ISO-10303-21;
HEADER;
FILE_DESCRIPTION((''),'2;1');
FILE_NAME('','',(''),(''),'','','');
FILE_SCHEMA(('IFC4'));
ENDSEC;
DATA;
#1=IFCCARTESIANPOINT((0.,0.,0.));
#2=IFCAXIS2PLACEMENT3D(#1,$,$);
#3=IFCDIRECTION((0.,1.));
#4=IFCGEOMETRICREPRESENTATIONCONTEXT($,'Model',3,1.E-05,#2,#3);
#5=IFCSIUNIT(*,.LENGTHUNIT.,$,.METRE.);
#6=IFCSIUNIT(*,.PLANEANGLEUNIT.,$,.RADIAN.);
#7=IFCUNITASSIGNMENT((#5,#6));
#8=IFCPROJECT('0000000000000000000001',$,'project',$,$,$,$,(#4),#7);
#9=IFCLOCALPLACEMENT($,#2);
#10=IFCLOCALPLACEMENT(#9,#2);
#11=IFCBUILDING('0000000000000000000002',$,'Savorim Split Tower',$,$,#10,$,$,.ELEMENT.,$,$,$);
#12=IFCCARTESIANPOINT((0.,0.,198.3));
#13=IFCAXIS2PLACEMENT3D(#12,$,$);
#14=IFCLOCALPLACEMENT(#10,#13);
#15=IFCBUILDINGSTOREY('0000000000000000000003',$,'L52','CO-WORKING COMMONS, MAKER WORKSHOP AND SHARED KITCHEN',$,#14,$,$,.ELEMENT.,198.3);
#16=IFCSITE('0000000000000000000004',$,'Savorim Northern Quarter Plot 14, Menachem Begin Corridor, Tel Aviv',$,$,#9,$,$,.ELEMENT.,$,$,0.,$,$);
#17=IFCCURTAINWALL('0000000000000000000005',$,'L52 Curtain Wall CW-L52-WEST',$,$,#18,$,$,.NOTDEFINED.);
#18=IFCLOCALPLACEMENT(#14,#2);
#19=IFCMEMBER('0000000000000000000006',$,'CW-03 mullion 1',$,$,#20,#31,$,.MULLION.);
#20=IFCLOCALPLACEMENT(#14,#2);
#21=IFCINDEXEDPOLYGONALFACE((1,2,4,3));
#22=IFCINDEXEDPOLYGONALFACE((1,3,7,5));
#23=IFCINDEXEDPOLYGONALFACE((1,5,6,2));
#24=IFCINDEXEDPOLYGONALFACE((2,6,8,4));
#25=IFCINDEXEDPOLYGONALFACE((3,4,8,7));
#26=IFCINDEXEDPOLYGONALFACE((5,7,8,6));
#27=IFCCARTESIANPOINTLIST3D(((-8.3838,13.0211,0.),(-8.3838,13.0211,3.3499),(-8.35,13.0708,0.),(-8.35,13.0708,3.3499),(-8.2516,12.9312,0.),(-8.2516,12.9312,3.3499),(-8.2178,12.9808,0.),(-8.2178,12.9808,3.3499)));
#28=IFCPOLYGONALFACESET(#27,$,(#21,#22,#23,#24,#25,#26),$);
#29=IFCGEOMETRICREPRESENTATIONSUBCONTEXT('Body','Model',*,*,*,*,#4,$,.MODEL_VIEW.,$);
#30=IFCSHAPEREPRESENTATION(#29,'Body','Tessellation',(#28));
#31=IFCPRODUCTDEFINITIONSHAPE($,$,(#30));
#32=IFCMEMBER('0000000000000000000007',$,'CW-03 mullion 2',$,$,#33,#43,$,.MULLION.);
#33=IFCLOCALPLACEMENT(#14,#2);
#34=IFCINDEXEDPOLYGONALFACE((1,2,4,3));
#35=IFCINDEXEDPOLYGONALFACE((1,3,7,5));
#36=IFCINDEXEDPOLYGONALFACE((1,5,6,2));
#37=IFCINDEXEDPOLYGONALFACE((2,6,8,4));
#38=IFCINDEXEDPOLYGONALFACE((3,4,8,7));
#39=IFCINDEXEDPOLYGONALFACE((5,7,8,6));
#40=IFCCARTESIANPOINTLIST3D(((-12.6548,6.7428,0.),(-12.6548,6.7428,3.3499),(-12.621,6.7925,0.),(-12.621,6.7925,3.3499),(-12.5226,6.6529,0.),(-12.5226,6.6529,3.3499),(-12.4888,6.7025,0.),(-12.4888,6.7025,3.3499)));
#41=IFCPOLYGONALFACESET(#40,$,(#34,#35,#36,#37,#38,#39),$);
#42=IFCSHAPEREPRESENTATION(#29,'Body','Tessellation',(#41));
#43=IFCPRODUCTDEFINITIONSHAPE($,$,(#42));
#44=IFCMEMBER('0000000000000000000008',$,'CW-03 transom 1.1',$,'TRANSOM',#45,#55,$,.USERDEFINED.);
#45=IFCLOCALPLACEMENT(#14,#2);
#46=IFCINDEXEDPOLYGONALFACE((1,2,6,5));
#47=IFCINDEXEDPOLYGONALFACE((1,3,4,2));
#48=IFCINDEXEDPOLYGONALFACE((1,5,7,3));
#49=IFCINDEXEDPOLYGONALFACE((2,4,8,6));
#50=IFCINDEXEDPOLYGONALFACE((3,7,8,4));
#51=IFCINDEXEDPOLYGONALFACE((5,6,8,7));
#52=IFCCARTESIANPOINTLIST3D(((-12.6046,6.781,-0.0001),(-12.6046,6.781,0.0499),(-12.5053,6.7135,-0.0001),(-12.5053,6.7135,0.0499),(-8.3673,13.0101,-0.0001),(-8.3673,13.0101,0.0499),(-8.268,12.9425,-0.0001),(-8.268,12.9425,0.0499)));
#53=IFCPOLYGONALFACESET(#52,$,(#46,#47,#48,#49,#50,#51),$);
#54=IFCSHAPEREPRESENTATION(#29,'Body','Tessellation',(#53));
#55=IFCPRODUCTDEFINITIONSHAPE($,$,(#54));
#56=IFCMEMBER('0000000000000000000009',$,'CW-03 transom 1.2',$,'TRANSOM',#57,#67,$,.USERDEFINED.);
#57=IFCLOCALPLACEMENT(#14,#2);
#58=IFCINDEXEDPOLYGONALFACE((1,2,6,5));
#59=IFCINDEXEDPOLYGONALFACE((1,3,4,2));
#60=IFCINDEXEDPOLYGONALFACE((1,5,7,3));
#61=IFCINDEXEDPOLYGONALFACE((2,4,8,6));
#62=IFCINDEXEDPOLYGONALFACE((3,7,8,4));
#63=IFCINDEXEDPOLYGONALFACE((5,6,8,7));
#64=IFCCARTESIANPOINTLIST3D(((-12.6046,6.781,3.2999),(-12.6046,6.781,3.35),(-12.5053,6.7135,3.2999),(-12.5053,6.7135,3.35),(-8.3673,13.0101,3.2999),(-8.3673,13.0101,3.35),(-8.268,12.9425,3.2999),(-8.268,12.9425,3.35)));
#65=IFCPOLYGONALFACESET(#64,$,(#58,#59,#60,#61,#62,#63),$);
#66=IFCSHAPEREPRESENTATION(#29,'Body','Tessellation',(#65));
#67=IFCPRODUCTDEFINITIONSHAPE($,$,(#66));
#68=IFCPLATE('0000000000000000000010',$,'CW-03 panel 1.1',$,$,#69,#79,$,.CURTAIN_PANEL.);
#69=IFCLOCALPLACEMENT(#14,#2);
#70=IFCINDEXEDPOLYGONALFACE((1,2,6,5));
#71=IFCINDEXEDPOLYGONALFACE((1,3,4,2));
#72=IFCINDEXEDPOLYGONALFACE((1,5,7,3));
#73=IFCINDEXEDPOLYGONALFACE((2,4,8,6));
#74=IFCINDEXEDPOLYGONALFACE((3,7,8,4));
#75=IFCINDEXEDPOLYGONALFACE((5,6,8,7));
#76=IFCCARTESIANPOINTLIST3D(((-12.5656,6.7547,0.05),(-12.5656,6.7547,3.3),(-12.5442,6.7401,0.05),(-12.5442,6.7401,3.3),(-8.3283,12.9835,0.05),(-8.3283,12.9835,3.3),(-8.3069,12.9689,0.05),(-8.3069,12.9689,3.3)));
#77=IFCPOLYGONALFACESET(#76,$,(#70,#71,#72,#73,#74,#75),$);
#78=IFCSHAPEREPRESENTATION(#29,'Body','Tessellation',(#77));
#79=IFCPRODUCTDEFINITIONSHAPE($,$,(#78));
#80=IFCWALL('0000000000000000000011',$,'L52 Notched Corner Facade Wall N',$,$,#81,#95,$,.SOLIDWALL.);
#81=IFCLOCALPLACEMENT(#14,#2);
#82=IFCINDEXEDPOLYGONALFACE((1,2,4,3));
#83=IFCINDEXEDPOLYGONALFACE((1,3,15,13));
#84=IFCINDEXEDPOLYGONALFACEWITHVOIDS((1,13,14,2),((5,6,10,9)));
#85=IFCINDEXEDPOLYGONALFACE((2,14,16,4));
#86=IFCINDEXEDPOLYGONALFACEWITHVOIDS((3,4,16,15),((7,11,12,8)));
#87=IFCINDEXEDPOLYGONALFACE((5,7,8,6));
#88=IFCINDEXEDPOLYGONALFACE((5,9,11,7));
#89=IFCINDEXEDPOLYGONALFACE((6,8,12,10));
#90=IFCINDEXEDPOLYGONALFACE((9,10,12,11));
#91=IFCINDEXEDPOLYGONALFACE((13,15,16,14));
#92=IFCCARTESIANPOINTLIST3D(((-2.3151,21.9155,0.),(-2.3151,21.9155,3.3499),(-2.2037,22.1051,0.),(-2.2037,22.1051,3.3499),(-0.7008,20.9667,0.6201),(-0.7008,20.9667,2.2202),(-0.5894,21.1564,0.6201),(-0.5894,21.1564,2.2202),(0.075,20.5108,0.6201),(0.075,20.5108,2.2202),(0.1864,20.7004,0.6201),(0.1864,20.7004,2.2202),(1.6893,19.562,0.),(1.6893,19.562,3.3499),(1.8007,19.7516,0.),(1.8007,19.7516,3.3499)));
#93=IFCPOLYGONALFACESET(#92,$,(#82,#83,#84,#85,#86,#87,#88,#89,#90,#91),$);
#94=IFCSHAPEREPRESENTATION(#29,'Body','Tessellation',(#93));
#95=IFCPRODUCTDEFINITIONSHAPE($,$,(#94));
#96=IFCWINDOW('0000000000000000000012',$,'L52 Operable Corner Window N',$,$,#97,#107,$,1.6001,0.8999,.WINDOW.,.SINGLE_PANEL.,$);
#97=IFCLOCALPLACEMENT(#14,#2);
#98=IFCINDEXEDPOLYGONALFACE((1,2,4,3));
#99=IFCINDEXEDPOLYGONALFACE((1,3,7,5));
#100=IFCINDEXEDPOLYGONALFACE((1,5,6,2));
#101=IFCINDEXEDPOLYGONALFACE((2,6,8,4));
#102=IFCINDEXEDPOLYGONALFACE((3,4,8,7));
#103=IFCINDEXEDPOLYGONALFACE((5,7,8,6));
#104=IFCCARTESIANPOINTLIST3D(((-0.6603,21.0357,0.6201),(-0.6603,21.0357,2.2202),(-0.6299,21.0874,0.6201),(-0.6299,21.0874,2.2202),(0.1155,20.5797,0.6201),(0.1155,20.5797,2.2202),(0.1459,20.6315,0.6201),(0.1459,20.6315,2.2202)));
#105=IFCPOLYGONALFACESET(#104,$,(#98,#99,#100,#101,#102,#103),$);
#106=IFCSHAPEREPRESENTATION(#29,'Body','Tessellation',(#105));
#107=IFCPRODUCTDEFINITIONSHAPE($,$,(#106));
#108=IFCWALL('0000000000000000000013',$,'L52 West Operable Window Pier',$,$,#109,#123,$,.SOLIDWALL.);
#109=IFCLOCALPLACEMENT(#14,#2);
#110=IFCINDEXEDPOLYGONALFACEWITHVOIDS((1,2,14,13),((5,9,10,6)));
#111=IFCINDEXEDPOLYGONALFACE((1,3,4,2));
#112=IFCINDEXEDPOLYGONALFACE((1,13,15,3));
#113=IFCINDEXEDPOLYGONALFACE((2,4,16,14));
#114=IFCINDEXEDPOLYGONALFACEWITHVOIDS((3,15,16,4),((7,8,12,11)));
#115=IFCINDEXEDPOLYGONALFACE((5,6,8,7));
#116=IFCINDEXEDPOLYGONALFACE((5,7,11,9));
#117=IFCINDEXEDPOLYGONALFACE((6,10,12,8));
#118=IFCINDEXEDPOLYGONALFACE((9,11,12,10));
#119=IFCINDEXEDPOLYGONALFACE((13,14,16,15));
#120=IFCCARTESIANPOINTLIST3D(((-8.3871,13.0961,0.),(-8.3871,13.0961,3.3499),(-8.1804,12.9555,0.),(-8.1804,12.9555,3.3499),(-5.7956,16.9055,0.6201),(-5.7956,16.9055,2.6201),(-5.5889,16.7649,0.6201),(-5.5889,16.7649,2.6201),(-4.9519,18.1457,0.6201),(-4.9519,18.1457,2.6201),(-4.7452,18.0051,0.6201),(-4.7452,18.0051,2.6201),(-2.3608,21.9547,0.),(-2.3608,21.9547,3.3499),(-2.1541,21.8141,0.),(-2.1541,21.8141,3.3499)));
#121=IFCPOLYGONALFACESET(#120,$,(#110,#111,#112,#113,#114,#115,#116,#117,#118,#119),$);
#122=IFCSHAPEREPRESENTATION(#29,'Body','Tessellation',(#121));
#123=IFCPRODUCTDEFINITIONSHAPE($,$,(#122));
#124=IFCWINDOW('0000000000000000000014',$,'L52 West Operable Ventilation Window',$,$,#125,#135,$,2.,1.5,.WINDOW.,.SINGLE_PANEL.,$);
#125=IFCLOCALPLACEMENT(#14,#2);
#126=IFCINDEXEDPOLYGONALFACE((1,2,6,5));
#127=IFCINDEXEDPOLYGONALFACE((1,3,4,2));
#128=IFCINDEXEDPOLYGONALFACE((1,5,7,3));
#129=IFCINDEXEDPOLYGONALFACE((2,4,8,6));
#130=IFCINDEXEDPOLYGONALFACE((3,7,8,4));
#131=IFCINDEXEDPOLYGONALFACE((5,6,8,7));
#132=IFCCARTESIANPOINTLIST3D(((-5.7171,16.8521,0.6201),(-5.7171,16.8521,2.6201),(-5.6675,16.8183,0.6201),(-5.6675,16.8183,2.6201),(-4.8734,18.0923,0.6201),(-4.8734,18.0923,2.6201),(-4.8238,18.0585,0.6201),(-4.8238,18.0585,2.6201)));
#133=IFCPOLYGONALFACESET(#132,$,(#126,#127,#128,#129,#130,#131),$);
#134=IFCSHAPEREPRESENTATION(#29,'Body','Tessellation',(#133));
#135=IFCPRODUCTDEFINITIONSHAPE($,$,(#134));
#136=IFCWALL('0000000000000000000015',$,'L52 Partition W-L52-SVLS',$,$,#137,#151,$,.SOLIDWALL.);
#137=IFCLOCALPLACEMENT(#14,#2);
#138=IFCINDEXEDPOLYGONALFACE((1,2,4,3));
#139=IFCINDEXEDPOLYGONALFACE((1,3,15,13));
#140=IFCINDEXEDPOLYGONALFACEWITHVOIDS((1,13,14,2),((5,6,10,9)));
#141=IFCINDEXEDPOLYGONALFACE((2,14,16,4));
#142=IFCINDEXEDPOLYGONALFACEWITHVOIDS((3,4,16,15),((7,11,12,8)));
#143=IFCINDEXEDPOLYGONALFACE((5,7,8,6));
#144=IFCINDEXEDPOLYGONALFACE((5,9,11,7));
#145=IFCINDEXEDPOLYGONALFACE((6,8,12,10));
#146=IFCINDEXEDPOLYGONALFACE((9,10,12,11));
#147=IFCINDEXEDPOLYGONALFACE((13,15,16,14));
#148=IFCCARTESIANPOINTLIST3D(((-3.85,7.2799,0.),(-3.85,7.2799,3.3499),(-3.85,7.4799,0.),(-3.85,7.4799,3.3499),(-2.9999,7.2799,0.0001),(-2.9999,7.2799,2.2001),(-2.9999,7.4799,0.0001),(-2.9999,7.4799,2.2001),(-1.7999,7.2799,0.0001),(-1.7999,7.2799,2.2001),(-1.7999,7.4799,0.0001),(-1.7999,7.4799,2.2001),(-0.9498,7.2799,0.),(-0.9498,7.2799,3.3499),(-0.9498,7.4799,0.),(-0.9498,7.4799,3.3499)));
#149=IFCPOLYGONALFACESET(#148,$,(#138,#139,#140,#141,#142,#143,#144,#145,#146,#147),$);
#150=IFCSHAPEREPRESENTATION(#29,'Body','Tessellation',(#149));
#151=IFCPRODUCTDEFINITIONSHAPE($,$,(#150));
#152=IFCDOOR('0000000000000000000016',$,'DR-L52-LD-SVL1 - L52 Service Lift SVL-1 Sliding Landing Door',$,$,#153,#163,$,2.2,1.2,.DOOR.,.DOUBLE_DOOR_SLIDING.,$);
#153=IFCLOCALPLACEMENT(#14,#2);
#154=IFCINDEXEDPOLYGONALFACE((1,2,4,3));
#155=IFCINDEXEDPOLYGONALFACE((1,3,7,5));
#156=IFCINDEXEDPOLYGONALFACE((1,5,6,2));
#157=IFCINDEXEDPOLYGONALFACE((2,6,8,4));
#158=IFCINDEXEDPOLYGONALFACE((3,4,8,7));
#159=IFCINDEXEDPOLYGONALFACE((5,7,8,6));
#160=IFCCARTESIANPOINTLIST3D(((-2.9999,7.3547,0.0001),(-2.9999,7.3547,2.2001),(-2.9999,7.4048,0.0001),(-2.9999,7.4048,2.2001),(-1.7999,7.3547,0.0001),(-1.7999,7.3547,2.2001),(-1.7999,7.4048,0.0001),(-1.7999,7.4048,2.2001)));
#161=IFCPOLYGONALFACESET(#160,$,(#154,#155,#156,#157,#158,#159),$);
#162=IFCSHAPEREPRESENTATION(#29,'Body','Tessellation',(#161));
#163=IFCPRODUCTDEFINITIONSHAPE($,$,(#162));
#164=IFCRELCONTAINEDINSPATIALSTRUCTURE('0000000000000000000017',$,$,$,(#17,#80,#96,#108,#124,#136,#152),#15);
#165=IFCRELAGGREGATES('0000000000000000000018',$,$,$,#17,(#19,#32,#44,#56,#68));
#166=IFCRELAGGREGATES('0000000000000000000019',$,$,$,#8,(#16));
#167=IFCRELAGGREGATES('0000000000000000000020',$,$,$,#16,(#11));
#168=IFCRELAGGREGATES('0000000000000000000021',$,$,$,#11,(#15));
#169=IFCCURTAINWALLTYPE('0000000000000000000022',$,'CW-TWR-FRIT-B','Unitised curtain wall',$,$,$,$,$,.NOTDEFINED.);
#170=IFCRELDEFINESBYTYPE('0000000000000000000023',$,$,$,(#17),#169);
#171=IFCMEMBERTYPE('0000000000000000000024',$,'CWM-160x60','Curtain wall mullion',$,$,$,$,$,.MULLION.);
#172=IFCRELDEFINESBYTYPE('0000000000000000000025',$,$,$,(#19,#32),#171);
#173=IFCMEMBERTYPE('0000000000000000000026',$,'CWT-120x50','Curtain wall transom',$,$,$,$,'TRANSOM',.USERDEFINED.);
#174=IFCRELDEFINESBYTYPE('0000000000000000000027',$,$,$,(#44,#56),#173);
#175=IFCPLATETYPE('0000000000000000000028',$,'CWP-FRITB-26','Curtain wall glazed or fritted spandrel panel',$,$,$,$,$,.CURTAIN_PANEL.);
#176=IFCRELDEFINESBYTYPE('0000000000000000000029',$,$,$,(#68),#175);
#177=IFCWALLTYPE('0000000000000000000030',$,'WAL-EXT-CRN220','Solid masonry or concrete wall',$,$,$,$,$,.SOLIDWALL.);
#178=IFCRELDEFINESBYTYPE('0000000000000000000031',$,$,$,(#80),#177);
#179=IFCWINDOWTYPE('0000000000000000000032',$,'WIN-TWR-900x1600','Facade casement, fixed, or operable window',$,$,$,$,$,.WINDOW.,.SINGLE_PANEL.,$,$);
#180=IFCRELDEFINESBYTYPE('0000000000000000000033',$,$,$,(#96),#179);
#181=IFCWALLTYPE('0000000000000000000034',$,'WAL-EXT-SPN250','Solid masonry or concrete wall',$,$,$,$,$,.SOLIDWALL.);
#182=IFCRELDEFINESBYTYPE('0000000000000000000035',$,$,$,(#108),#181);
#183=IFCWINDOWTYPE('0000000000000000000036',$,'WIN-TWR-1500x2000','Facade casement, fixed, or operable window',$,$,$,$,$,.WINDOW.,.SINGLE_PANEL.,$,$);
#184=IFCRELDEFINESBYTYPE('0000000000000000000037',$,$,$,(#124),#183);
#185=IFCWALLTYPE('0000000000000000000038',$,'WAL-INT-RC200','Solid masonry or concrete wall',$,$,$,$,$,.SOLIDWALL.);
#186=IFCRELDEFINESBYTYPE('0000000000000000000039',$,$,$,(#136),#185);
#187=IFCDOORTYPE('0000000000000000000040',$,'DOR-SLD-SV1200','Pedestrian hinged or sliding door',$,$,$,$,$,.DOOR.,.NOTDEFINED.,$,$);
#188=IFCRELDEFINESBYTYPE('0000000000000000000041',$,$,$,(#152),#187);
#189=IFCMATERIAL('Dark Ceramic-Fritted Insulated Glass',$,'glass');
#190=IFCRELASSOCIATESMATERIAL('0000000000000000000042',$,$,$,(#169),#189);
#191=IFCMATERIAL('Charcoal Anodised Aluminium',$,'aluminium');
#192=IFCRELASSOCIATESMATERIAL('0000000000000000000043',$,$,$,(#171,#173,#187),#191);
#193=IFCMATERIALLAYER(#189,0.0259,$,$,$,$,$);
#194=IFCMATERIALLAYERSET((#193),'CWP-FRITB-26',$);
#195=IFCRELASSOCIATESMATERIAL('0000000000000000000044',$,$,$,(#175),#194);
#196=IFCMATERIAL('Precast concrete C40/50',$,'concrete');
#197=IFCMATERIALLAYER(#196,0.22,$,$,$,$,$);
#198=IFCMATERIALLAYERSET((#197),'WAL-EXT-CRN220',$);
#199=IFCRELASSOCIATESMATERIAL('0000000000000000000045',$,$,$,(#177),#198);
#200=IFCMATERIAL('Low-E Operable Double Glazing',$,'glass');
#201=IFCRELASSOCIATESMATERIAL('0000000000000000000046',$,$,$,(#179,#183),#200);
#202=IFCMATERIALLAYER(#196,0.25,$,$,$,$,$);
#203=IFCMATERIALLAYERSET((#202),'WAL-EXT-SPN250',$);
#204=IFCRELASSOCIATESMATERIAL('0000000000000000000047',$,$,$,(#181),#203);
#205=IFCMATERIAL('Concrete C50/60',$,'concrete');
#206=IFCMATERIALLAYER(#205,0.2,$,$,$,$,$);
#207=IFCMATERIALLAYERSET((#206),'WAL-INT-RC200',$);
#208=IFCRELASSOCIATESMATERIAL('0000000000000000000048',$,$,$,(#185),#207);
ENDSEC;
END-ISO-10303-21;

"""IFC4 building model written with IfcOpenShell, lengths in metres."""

from ifc_helpers import new_model, si_unit, direction, frame, frame_2d, origin, origin_2d, place, context, subcontext, project, spatial, rectangle, extrude, material, layer, layer_set, material_profile, profile_set, type_object, element, fill, aggregate, save


model = new_model("IFC4")

# Units and contexts
model_context = context("Model", 3, precision=1e-05, world=origin(), true_north=direction((0.0, 1.0)))
body_context = subcontext(model_context, "Body", "Model", "MODEL_VIEW")
ifc_project = project(units=[si_unit("LENGTHUNIT", "METRE"), si_unit("PLANEANGLEUNIT", "RADIAN")], contexts=[model_context])

# Site, building, storey
site_placement = place(None, origin())
site = spatial("IfcSite", under=ifc_project, at=site_placement, Name="Savorim Northern Quarter Plot 14, Menachem Begin Corridor, Tel Aviv", CompositionType="ELEMENT", RefElevation=0.0)
building_placement = place(site_placement, origin())
building = spatial("IfcBuilding", under=site, at=building_placement, Name="Savorim Split Tower", CompositionType="ELEMENT")
storey_placement = place(building_placement, frame((0.0, 0.0, 198.3)))
storey = spatial("IfcBuildingStorey", under=building, at=storey_placement, Name="L52", Description="CO-WORKING COMMONS, MAKER WORKSHOP AND SHARED KITCHEN", CompositionType="ELEMENT", Elevation=198.3)

# Curtain wall, members, plate
ifc_material_1 = material(Name="Dark Ceramic-Fritted Insulated Glass", Category="glass")
curtain_wall_type = type_object("IfcCurtainWallType", Name="CW-TWR-FRIT-B", Description="Unitised curtain wall", PredefinedType="NOTDEFINED", material=ifc_material_1)
curtain_wall_placement = place(storey_placement, origin())
curtain_wall = element("IfcCurtainWall", 1, at=curtain_wall_placement, inside=storey, type_object=curtain_wall_type, Name="L52 Curtain Wall CW-L52-WEST", PredefinedType="NOTDEFINED")
ifc_material_2 = material(Name="Charcoal Anodised Aluminium", Category="aluminium")
ifc_material_profile_1 = material_profile(ifc_material_2, rectangle(XDim=0.1599, YDim=0.0601, at=origin_2d()), Name="ALU-M 160x60")
ifc_profile_set_1 = profile_set([ifc_material_profile_1], Name="Charcoal Anodised Aluminium")
member_type_1 = type_object("IfcMemberType", Name="CWM-160x60", Description="Curtain wall mullion", PredefinedType="MULLION", material=ifc_profile_set_1)
member_1_placement = place(storey_placement, frame((-8.3008, 13.001, 0.0), z_axis=(0.0, 0.0, 1.0), x_axis=(0.826821, -0.562465, 0.0)))
member_1 = element("IfcMember", 2, at=member_1_placement, type_object=member_type_1, Name="CW-03 mullion 1", PredefinedType="MULLION", context=body_context, shape_type="SweptSolid", body=[
    extrude(rectangle(XDim=0.1599, YDim=0.0601, at=origin_2d()), origin(), (0.0, 0.0, 1.0), 3.3499),
])
member_2_placement = place(storey_placement, frame((-12.5718, 6.7227, 0.0), z_axis=(0.0, 0.0, 1.0), x_axis=(0.826821, -0.562465, 0.0)))
member_2 = element("IfcMember", 3, at=member_2_placement, type_object=member_type_1, Name="CW-03 mullion 2", PredefinedType="MULLION", context=body_context, shape_type="SweptSolid", body=[
    extrude(rectangle(XDim=0.1599, YDim=0.0601, at=origin_2d()), origin(), (0.0, 0.0, 1.0), 3.3499),
])
ifc_material_profile_2 = material_profile(ifc_material_2, rectangle(XDim=0.1201, YDim=0.05, at=origin_2d()), Name="ALU-T 120x50")
ifc_profile_set_2 = profile_set([ifc_material_profile_2], Name="Charcoal Anodised Aluminium")
member_type_2 = type_object("IfcMemberType", Name="CWT-120x50", Description="Curtain wall transom", ElementType="TRANSOM", PredefinedType="USERDEFINED", material=ifc_profile_set_2)
member_3_placement = place(storey_placement, frame((-8.3176, 12.9763, 0.0249), z_axis=(-0.562454, -0.826829, 0.0), x_axis=(0.826829, -0.562454, 0.0)))
member_3 = element("IfcMember", 4, at=member_3_placement, type_object=member_type_2, Name="CW-03 transom 1.1", ObjectType="TRANSOM", PredefinedType="USERDEFINED", context=body_context, shape_type="SweptSolid", body=[
    extrude(rectangle(XDim=0.1201, YDim=0.05, at=origin_2d()), origin(), (0.0, 0.0, 1.0), 7.5337),
])
member_4_placement = place(storey_placement, frame((-8.3176, 12.9763, 3.325), z_axis=(-0.562454, -0.826829, 0.0), x_axis=(0.826829, -0.562454, 0.0)))
member_4 = element("IfcMember", 5, at=member_4_placement, type_object=member_type_2, Name="CW-03 transom 1.2", ObjectType="TRANSOM", PredefinedType="USERDEFINED", context=body_context, shape_type="SweptSolid", body=[
    extrude(rectangle(XDim=0.1201, YDim=0.05, at=origin_2d()), origin(), (0.0, 0.0, 1.0), 7.5337),
])
ifc_layer_1 = layer(ifc_material_1, 0.0259)
ifc_layer_set_1 = layer_set([ifc_layer_1], Name="CWP-FRITB-26")
plate_type = type_object("IfcPlateType", Name="CWP-FRITB-26", Description="Curtain wall glazed or fritted spandrel panel", PredefinedType="CURTAIN_PANEL", material=ifc_layer_set_1)
plate_placement = place(storey_placement, frame((-10.4363, 9.8618, 0.05), z_axis=(0.0, 0.0, 1.0), x_axis=(-0.562465, -0.826821, 0.0)))
plate = element("IfcPlate", 6, at=plate_placement, type_object=plate_type, Name="CW-03 panel 1.1", PredefinedType="CURTAIN_PANEL", context=body_context, shape_type="SweptSolid", body=[
    extrude(rectangle(XDim=7.5334, YDim=0.0259, at=origin_2d()), origin(), (0.0, 0.0, 1.0), 3.25),
])
aggregate(curtain_wall, [member_1, member_2, member_3, member_4, plate])

# Walls, openings, windows
ifc_material_3 = material(Name="Precast concrete C40/50", Category="concrete")
ifc_layer_2 = layer(ifc_material_3, 0.22)
ifc_layer_set_2 = layer_set([ifc_layer_2], Name="WAL-EXT-CRN220")
wall_type_1 = type_object("IfcWallType", Name="WAL-EXT-CRN220", Description="Solid masonry or concrete wall", PredefinedType="SOLIDWALL", material=ifc_layer_set_2)
wall_1_placement = place(storey_placement, frame((-2.2593, 22.0103, 0.0), z_axis=(0.0, 0.0, 1.0), x_axis=(0.862123, -0.506699, 0.0)))
wall_1 = element("IfcWall", 7, at=wall_1_placement, inside=storey, type_object=wall_type_1, Name="L52 Notched Corner Facade Wall N", PredefinedType="SOLIDWALL", context=body_context, shape_type="SweptSolid", body=[
    extrude(rectangle(XDim=4.6448, YDim=0.22, at=frame_2d((2.3223, 0.0))), origin(), (0.0, 0.0, 1.0), 3.3499),
])
opening_1_placement = place(wall_1_placement, frame((1.8723, 0.0, 0.6201)))
opening_1 = element("IfcOpeningElement", 8, at=opening_1_placement, cuts=wall_1, PredefinedType="OPENING", context=body_context, shape_type="SweptSolid", body=[
    extrude(rectangle(XDim=0.8999, YDim=1.6001, at=frame_2d((0.45, 0.8))), frame((0.0, 0.1199, 0.0), z_axis=(0.0, -1.0, 0.0), x_axis=(1.0, 0.0, 0.0)), (0.0, 0.0, 1.0), 0.24),
])
ifc_material_4 = material(Name="Low-E Operable Double Glazing", Category="glass")
window_type_1 = type_object("IfcWindowType", Name="WIN-TWR-900x1600", Description="Facade casement, fixed, or operable window", PartitioningType="SINGLE_PANEL", PredefinedType="WINDOW", material=ifc_material_4)
window_1_placement = place(opening_1_placement, origin())
window_1 = element("IfcWindow", 9, at=window_1_placement, inside=storey, type_object=window_type_1, Name="L52 Operable Corner Window N", OverallHeight=1.6001, OverallWidth=0.8999, PartitioningType="SINGLE_PANEL", PredefinedType="WINDOW", context=body_context, shape_type="SweptSolid", body=[
    extrude(rectangle(XDim=0.8999, YDim=1.6001, at=frame_2d((0.45, 0.8))), frame((0.0, 0.03, 0.0), z_axis=(0.0, -1.0, 0.0), x_axis=(1.0, 0.0, 0.0)), (0.0, 0.0, 1.0), 0.0601),
])
fill(opening_1, window_1)
ifc_layer_3 = layer(ifc_material_3, 0.25)
ifc_layer_set_3 = layer_set([ifc_layer_3], Name="WAL-EXT-SPN250")
wall_type_2 = type_object("IfcWallType", Name="WAL-EXT-SPN250", Description="Solid masonry or concrete wall", PredefinedType="SOLIDWALL", material=ifc_layer_set_3)
wall_2_placement = place(storey_placement, frame((-8.2837, 13.0259, 0.0), z_axis=(0.0, 0.0, 1.0), x_axis=(0.562469, 0.826818, 0.0)))
wall_2 = element("IfcWall", 10, at=wall_2_placement, inside=storey, type_object=wall_type_2, Name="L52 West Operable Window Pier", PredefinedType="SOLIDWALL", context=body_context, shape_type="SweptSolid", body=[
    extrude(rectangle(XDim=10.7141, YDim=0.25, at=frame_2d((5.3569, 0.0))), origin(), (0.0, 0.0, 1.0), 3.3499),
])
opening_2_placement = place(wall_2_placement, frame((4.6072, 0.0, 0.6201)))
opening_2 = element("IfcOpeningElement", 11, at=opening_2_placement, cuts=wall_2, PredefinedType="OPENING", context=body_context, shape_type="SweptSolid", body=[
    extrude(rectangle(XDim=1.5, YDim=2.0, at=frame_2d((0.75, 1.0))), frame((0.0, 0.135, 0.0), z_axis=(0.0, -1.0, 0.0), x_axis=(1.0, 0.0, 0.0)), (0.0, 0.0, 1.0), 0.27),
])
window_type_2 = type_object("IfcWindowType", Name="WIN-TWR-1500x2000", Description="Facade casement, fixed, or operable window", PartitioningType="SINGLE_PANEL", PredefinedType="WINDOW", material=ifc_material_4)
window_2_placement = place(opening_2_placement, origin())
window_2 = element("IfcWindow", 12, at=window_2_placement, inside=storey, type_object=window_type_2, Name="L52 West Operable Ventilation Window", OverallHeight=2.0, OverallWidth=1.5, PartitioningType="SINGLE_PANEL", PredefinedType="WINDOW", context=body_context, shape_type="SweptSolid", body=[
    extrude(rectangle(XDim=1.5, YDim=2.0, at=frame_2d((0.75, 1.0))), frame((0.0, 0.03, 0.0), z_axis=(0.0, -1.0, 0.0), x_axis=(1.0, 0.0, 0.0)), (0.0, 0.0, 1.0), 0.0601),
])
fill(opening_2, window_2)

# Wall, opening, door
ifc_material_5 = material(Name="Concrete C50/60", Category="concrete")
ifc_layer_4 = layer(ifc_material_5, 0.2)
ifc_layer_set_4 = layer_set([ifc_layer_4], Name="WAL-INT-RC200")
wall_type_3 = type_object("IfcWallType", Name="WAL-INT-RC200", Description="Solid masonry or concrete wall", PredefinedType="SOLIDWALL", material=ifc_layer_set_4)
wall_3_placement = place(storey_placement, frame((-3.8501, 7.3799, 0.0), z_axis=(0.0, 0.0, 1.0), x_axis=(1.0, 0.0, 0.0)))
wall_3 = element("IfcWall", 13, at=wall_3_placement, inside=storey, type_object=wall_type_3, Name="L52 Partition W-L52-SVLS", PredefinedType="SOLIDWALL", context=body_context, shape_type="SweptSolid", body=[
    extrude(rectangle(XDim=2.9001, YDim=0.2, at=frame_2d((1.4502, 0.0))), origin(), (0.0, 0.0, 1.0), 3.3499),
])
opening_3_placement = place(wall_3_placement, frame((0.8501, 0.0, 0.0)))
opening_3 = element("IfcOpeningElement", 14, at=opening_3_placement, cuts=wall_3, PredefinedType="OPENING", context=body_context, shape_type="SweptSolid", body=[
    extrude(rectangle(XDim=1.2, YDim=2.2, at=frame_2d((0.6001, 1.1001))), frame((0.0, 0.1099, 0.0), z_axis=(0.0, -1.0, 0.0), x_axis=(1.0, 0.0, 0.0)), (0.0, 0.0, 1.0), 0.22),
])
door_type_1 = type_object("IfcDoorType", Name="DOR-SLD-SV1200", Description="Pedestrian hinged or sliding door", OperationType="NOTDEFINED", PredefinedType="DOOR", material=ifc_material_2)
door_1_placement = place(opening_3_placement, origin())
door_1 = element("IfcDoor", 15, at=door_1_placement, inside=storey, type_object=door_type_1, Name="DR-L52-LD-SVL1 - L52 Service Lift SVL-1 Sliding Landing Door", OperationType="DOUBLE_DOOR_SLIDING", OverallHeight=2.2, OverallWidth=1.2, PredefinedType="DOOR", context=body_context, shape_type="SweptSolid", body=[
    extrude(rectangle(XDim=1.2, YDim=2.2, at=frame_2d((0.6001, 1.1001))), frame((0.0, 0.0249, 0.0), z_axis=(0.0, -1.0, 0.0), x_axis=(1.0, 0.0, 0.0)), (0.0, 0.0, 1.0), 0.05),
])
fill(opening_3, door_1)

save(model, "model.ifc")
